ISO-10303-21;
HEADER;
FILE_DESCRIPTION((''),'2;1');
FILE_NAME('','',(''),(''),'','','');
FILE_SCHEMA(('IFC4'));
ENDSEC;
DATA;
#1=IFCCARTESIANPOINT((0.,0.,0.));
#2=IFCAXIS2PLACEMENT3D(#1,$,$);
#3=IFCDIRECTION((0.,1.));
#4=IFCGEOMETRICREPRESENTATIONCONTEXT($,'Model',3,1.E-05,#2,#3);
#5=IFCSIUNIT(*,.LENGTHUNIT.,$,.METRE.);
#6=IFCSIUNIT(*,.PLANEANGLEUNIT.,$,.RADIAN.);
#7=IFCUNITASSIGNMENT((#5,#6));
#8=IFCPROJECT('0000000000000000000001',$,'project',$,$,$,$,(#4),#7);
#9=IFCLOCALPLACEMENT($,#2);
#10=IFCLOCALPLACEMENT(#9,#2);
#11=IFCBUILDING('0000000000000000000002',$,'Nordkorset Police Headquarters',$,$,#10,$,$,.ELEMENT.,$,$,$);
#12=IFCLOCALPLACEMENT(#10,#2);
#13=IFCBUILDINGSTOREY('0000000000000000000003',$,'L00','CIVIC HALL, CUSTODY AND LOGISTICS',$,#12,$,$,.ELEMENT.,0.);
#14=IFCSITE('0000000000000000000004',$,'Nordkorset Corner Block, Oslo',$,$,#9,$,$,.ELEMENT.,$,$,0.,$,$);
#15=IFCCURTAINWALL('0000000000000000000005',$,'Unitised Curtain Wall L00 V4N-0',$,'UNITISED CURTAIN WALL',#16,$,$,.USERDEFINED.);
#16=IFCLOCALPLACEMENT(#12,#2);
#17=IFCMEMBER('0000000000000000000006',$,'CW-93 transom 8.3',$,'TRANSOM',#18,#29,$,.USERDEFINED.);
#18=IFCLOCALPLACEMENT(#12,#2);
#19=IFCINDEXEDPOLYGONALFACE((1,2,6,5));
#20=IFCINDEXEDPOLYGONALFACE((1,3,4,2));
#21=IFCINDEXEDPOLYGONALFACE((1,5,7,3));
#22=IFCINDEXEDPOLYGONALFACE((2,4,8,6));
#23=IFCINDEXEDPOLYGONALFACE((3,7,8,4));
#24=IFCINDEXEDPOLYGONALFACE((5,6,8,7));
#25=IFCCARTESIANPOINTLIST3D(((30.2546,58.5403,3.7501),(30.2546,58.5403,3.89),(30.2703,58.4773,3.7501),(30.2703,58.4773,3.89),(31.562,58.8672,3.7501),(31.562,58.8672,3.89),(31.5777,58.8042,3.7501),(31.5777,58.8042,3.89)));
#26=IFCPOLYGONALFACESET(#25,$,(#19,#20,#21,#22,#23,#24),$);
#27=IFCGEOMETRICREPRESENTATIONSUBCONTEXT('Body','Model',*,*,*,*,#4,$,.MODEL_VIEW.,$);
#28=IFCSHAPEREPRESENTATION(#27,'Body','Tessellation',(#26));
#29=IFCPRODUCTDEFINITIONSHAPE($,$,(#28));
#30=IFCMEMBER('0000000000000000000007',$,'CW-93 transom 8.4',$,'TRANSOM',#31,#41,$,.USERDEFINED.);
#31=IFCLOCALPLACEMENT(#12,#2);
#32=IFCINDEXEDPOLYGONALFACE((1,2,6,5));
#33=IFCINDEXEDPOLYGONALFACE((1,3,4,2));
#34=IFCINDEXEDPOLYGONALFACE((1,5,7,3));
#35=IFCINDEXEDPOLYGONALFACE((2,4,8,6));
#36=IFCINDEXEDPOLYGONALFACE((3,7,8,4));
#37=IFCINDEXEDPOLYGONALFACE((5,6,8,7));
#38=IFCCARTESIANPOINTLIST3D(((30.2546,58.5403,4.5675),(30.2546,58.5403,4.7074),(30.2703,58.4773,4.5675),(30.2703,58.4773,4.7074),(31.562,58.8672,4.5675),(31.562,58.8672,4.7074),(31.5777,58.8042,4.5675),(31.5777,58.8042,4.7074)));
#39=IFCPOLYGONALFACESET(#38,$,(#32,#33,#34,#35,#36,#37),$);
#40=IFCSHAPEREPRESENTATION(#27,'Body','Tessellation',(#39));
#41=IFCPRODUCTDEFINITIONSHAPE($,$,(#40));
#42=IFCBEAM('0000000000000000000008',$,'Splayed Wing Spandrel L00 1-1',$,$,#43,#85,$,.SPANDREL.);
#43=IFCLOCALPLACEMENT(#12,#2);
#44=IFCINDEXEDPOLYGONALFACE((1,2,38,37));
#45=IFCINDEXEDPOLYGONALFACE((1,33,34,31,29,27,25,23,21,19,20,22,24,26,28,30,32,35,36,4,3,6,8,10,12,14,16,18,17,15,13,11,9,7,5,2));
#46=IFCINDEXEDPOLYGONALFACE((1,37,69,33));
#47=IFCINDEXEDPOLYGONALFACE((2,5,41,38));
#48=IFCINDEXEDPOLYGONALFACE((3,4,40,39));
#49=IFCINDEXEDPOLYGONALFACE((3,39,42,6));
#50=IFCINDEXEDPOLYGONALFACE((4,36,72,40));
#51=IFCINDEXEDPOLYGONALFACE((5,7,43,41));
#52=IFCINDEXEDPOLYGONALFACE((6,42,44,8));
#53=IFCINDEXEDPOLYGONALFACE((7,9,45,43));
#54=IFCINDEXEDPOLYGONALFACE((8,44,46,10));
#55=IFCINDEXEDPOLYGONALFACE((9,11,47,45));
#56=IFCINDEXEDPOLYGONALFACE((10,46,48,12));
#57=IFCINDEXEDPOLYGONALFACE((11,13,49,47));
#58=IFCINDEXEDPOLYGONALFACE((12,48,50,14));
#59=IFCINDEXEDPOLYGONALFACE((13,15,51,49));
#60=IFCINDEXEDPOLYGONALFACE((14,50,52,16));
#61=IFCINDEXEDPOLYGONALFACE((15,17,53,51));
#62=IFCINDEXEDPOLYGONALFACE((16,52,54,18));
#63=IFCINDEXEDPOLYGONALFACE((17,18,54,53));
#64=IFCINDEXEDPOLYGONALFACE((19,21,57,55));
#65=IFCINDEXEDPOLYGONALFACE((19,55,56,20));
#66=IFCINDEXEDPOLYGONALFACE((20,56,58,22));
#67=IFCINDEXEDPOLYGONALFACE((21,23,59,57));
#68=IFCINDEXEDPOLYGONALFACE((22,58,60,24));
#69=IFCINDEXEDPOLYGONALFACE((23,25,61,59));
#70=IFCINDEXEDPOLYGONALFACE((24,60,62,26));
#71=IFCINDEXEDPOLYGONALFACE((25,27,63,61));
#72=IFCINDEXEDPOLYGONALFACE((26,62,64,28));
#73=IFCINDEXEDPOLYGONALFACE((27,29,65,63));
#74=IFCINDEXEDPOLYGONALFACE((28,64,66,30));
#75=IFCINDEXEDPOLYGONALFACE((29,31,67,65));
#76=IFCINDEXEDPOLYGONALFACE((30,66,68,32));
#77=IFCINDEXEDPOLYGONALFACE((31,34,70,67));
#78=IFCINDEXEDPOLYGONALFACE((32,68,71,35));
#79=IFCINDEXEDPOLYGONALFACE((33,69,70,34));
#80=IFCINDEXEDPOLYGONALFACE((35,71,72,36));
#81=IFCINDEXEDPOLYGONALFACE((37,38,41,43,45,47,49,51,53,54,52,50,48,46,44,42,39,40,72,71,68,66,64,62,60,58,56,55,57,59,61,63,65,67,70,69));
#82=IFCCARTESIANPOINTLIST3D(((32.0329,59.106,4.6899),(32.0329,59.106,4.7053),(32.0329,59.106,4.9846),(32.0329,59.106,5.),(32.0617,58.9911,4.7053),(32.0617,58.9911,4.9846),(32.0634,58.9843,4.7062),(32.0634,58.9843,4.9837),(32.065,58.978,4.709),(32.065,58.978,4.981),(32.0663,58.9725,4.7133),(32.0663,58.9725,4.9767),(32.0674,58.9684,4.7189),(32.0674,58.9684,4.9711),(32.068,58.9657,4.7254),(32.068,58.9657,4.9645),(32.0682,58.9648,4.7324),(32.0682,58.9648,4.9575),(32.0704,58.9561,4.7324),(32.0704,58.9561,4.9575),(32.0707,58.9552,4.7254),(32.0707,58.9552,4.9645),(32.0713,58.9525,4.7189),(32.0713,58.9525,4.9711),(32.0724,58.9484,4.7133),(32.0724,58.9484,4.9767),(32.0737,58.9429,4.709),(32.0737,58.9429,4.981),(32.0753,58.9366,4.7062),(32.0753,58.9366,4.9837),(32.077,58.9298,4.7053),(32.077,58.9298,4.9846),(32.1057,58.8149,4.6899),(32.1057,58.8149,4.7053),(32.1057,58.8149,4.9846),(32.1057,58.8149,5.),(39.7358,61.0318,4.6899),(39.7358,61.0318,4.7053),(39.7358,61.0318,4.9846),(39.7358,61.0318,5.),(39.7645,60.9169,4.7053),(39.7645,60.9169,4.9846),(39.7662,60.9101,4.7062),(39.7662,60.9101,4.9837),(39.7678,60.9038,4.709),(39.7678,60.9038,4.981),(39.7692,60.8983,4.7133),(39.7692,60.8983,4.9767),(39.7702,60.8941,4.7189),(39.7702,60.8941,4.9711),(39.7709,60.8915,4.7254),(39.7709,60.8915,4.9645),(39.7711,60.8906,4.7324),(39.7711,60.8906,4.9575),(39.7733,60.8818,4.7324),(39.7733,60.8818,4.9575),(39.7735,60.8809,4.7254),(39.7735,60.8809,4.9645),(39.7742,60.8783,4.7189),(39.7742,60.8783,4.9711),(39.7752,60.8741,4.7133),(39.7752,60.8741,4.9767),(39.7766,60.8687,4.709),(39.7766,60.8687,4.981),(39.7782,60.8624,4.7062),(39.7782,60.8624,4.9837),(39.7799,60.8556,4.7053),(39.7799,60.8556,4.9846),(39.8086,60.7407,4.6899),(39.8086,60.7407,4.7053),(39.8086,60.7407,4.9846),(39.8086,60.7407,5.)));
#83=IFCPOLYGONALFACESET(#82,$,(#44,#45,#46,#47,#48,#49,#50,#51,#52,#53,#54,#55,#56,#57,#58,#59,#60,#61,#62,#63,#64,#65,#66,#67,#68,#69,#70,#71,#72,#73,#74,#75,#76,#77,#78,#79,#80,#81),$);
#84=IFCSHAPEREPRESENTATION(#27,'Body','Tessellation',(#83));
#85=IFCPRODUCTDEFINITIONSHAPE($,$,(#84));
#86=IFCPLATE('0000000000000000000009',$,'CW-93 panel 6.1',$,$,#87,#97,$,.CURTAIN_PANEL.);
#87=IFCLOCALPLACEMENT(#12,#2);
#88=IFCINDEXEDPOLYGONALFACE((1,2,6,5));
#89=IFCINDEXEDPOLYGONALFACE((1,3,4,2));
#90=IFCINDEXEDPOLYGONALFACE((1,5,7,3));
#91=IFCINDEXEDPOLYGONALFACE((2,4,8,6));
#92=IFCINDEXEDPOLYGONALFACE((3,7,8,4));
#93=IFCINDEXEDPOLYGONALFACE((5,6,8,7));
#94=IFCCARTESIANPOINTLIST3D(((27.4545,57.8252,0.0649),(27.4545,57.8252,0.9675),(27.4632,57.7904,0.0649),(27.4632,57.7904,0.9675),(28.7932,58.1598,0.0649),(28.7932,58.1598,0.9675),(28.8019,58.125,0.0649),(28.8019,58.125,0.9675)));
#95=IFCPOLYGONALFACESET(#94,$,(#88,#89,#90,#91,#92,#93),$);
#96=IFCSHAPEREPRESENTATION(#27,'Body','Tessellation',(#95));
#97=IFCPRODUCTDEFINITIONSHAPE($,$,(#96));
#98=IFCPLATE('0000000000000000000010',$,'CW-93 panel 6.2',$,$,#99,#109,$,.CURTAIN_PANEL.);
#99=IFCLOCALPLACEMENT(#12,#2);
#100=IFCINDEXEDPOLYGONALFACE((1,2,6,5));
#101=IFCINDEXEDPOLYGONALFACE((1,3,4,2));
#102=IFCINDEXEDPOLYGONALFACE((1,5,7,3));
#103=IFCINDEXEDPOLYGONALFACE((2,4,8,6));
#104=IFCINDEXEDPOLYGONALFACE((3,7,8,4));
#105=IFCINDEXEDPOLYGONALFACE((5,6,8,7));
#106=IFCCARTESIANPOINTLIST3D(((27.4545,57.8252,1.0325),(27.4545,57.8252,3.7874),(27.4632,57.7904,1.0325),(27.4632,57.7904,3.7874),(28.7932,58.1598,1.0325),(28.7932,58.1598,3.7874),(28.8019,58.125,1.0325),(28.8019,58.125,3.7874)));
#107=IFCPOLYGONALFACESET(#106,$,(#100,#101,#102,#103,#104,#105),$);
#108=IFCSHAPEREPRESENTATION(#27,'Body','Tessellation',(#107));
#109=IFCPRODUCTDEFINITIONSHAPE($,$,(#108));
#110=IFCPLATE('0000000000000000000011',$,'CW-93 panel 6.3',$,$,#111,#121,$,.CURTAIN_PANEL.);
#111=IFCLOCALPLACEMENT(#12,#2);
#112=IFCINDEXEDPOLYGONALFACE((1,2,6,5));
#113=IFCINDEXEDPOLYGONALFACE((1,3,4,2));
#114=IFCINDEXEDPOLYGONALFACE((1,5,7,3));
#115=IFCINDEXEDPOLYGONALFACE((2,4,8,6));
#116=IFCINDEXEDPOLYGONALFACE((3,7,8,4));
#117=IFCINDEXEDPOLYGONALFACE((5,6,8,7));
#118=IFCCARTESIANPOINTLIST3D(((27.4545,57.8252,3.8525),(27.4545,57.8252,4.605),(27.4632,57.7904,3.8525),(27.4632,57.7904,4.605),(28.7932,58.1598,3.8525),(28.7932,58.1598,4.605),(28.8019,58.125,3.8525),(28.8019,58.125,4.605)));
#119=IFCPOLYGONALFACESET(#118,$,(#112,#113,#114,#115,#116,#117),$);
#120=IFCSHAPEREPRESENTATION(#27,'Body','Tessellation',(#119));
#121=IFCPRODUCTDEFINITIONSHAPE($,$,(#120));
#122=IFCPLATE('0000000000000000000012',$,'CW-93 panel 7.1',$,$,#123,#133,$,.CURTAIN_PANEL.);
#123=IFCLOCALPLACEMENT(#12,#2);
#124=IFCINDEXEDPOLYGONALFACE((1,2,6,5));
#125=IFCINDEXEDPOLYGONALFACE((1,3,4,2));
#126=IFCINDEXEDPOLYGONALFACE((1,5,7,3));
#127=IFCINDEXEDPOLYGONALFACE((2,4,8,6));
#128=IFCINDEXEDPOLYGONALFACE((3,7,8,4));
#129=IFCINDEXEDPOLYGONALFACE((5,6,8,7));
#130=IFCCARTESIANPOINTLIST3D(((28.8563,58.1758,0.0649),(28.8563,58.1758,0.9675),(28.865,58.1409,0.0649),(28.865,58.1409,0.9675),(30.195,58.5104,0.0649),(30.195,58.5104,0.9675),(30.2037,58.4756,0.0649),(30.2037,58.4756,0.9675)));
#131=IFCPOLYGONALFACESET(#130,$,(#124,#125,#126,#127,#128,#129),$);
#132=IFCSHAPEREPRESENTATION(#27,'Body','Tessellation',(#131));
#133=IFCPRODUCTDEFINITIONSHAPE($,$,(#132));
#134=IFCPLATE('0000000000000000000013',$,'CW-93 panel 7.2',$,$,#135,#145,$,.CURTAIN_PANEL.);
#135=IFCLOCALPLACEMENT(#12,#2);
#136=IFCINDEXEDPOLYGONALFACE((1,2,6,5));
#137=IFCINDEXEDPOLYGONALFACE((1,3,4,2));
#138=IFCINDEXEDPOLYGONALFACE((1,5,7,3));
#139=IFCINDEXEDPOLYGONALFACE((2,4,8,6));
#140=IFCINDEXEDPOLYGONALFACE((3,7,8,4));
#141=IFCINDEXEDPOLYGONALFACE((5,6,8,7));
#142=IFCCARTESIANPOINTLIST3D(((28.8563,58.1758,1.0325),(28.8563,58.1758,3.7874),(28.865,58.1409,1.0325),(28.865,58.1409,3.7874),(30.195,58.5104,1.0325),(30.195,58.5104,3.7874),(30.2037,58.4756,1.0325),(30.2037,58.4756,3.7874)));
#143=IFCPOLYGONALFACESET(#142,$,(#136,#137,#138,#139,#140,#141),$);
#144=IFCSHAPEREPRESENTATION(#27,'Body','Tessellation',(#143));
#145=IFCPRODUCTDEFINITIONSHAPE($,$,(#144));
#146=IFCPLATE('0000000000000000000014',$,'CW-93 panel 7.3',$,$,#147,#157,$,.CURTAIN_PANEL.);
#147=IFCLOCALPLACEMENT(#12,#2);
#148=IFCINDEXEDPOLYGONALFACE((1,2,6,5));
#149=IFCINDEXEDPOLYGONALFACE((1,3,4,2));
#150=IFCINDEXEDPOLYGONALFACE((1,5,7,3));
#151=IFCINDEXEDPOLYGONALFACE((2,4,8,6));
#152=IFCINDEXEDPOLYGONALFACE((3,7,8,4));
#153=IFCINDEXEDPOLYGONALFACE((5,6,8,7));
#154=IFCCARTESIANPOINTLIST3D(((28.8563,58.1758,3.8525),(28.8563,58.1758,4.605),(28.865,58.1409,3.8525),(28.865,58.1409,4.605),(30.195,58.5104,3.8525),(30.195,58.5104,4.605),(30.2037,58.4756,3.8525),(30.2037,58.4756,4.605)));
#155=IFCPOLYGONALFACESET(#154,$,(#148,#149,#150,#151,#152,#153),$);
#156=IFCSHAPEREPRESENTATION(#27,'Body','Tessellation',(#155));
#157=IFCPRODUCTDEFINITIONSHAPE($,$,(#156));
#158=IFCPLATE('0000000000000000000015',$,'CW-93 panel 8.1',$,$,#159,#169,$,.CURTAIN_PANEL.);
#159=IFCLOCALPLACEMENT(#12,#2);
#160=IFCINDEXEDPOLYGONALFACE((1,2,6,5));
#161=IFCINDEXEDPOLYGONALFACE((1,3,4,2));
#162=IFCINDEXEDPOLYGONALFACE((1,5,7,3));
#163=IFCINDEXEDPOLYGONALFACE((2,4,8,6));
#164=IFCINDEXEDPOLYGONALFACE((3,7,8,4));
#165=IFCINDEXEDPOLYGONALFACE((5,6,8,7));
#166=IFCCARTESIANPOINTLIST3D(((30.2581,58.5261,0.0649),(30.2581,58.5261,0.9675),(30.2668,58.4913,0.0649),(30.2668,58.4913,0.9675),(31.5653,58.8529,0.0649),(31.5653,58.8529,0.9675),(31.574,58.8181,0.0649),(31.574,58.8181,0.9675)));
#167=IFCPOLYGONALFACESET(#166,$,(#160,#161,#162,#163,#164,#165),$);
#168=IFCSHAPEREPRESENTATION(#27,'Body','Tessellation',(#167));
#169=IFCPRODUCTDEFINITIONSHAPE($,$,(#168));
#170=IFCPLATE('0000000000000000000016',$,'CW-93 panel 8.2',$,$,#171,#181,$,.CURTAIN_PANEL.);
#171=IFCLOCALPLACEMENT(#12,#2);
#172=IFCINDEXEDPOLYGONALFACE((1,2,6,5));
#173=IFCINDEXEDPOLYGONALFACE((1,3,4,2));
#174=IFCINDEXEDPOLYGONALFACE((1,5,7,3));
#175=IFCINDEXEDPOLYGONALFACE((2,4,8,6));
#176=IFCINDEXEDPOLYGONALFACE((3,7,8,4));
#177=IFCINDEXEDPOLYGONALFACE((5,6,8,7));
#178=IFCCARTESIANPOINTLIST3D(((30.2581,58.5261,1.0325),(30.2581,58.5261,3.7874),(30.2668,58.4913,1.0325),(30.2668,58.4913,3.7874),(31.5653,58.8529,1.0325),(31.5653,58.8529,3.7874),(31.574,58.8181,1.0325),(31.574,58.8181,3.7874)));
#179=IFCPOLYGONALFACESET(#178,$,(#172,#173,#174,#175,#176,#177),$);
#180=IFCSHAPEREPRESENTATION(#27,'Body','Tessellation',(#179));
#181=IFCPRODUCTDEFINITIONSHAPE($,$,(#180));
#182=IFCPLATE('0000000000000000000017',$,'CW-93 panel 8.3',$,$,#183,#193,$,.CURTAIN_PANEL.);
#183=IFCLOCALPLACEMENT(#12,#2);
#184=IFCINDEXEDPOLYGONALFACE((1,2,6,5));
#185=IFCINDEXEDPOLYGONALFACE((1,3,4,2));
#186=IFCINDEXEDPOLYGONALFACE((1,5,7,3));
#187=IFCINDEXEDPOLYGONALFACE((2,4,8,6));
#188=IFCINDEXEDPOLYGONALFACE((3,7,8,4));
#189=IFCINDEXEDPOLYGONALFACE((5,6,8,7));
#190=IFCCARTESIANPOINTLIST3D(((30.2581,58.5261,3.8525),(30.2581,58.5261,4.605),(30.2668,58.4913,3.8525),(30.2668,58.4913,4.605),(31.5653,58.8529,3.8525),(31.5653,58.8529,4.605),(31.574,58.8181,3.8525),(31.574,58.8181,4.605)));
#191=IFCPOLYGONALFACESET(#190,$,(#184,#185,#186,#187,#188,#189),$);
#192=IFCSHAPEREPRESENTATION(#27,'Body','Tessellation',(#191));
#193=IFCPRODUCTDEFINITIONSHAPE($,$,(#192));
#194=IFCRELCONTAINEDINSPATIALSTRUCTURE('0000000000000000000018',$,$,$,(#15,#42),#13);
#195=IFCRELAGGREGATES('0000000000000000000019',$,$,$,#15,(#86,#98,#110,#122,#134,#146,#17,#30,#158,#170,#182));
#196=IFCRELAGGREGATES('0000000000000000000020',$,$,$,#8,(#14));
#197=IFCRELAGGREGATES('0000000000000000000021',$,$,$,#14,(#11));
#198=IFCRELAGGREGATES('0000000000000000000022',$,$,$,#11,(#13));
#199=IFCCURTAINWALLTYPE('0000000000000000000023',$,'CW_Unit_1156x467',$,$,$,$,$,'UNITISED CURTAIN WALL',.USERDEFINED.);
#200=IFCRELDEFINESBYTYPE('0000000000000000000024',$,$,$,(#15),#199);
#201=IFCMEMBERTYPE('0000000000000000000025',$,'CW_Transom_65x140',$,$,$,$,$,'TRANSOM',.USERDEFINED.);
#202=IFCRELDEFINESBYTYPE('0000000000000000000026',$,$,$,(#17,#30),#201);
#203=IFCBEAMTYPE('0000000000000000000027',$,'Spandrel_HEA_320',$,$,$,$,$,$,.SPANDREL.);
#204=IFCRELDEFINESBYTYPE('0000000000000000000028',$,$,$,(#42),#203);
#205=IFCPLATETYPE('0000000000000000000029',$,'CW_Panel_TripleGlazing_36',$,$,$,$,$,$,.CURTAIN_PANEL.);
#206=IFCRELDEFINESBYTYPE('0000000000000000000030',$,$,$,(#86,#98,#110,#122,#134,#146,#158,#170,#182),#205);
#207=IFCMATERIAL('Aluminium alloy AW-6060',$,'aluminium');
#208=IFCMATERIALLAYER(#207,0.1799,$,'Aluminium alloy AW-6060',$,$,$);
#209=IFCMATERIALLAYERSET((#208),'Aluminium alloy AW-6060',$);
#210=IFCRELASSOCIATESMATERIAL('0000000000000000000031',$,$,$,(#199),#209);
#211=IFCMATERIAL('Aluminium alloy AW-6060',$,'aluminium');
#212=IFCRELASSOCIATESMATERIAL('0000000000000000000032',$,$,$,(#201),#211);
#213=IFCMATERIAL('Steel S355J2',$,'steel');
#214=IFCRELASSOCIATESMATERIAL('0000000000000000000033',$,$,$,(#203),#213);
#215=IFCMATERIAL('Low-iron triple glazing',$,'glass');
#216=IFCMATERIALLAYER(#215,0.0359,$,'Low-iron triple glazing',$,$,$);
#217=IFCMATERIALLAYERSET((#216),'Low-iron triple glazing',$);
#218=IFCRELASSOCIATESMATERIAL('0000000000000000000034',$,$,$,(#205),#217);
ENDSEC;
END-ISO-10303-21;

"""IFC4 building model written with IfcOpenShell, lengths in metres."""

from ifc_helpers import new_model, si_unit, direction, frame, origin, origin_2d, place, context, subcontext, project, spatial, rectangle, i_section, extrude, material, layer, layer_set, material_profile, profile_set, type_object, element, aggregate, save


model = new_model("IFC4")

# Units and contexts
model_context = context("Model", 3, precision=1e-05, world=origin(), true_north=direction((0.0, 1.0)))
body_context = subcontext(model_context, "Body", "Model", "MODEL_VIEW")
ifc_project = project(units=[si_unit("LENGTHUNIT", "METRE"), si_unit("PLANEANGLEUNIT", "RADIAN")], contexts=[model_context])

# Site, building, storey
site_placement = place(None, origin())
site = spatial("IfcSite", under=ifc_project, at=site_placement, Name="Nordkorset Corner Block, Oslo", CompositionType="ELEMENT", RefElevation=0.0)
building_placement = place(site_placement, origin())
building = spatial("IfcBuilding", under=site, at=building_placement, Name="Nordkorset Police Headquarters", CompositionType="ELEMENT")
storey_placement = place(building_placement, origin())
storey = spatial("IfcBuildingStorey", under=building, at=storey_placement, Name="L00", Description="CIVIC HALL, CUSTODY AND LOGISTICS", CompositionType="ELEMENT", Elevation=0.0)

# Curtain wall, members
ifc_material_1 = material(Name="Aluminium alloy AW-6060", Category="aluminium")
ifc_layer_1 = layer(ifc_material_1, 0.1799, Name="Aluminium alloy AW-6060")
ifc_layer_set_1 = layer_set([ifc_layer_1], Name="Aluminium alloy AW-6060")
curtain_wall_type = type_object("IfcCurtainWallType", Name="CW_Unit_1156x467", ElementType="UNITISED CURTAIN WALL", PredefinedType="USERDEFINED", material=ifc_layer_set_1)
curtain_wall_placement = place(storey_placement, origin())
curtain_wall = element("IfcCurtainWall", 1, at=curtain_wall_placement, inside=storey, type_object=curtain_wall_type, Name="Unitised Curtain Wall L00 V4N-0", ObjectType="UNITISED CURTAIN WALL", PredefinedType="USERDEFINED")
ifc_material_2 = material(Name="Aluminium alloy AW-6060", Category="aluminium")
ifc_material_profile_1 = material_profile(ifc_material_2, rectangle(XDim=0.0649, YDim=0.1399, at=origin_2d()), Name="ALU TRAN 65x140")
ifc_profile_set_1 = profile_set([ifc_material_profile_1], Name="Aluminium alloy AW-6060")
member_type_1 = type_object("IfcMemberType", Name="CW_Transom_65x140", ElementType="TRANSOM", PredefinedType="USERDEFINED", material=ifc_profile_set_1)
member_1_placement = place(storey_placement, frame((30.2625, 58.5088, 3.8201), z_axis=(0.970132, 0.242578, 0.0), x_axis=(-0.242578, 0.970132, 0.0)))
member_1 = element("IfcMember", 2, at=member_1_placement, type_object=member_type_1, Name="CW-93 transom 8.3", ObjectType="TRANSOM", PredefinedType="USERDEFINED", context=body_context, shape_type="SweptSolid", body=[
    extrude(rectangle(XDim=0.0649, YDim=0.1399, at=origin_2d()), origin(), (0.0, 0.0, 1.0), 1.3477),
])
member_2_placement = place(storey_placement, frame((30.2625, 58.5088, 4.6375), z_axis=(0.970132, 0.242578, 0.0), x_axis=(-0.242578, 0.970132, 0.0)))
member_2 = element("IfcMember", 3, at=member_2_placement, type_object=member_type_1, Name="CW-93 transom 8.4", ObjectType="TRANSOM", PredefinedType="USERDEFINED", context=body_context, shape_type="SweptSolid", body=[
    extrude(rectangle(XDim=0.0649, YDim=0.1399, at=origin_2d()), origin(), (0.0, 0.0, 1.0), 1.3477),
])

# Beam
ifc_material_3 = material(Name="Steel S355J2", Category="steel")
ifc_material_profile_2 = material_profile(ifc_material_3, i_section(OverallWidth=0.3, OverallDepth=0.3101, WebThickness=0.009, FlangeThickness=0.0154, FilletRadius=0.0271, at=origin_2d()), Name="HEA 320")
ifc_profile_set_2 = profile_set([ifc_material_profile_2], Name="Steel S355J2")
beam_type = type_object("IfcBeamType", Name="Spandrel_HEA_320", PredefinedType="SPANDREL", material=ifc_profile_set_2)
beam_placement = place(storey_placement, frame((32.0693, 58.9604, 4.845), z_axis=(0.970141, 0.242543, 0.0), x_axis=(-0.242543, 0.970141, 0.0)))
element("IfcBeam", 4, at=beam_placement, inside=storey, type_object=beam_type, Name="Splayed Wing Spandrel L00 1-1", PredefinedType="SPANDREL", context=body_context, shape_type="SweptSolid", body=[
    extrude(i_section(OverallWidth=0.3, OverallDepth=0.3101, WebThickness=0.009, FlangeThickness=0.0154, FilletRadius=0.0271, at=origin_2d()), origin(), (0.0, 0.0, 1.0), 7.9399),
])

# Plates
ifc_material_4 = material(Name="Low-iron triple glazing", Category="glass")
ifc_layer_2 = layer(ifc_material_4, 0.0359, Name="Low-iron triple glazing")
ifc_layer_set_2 = layer_set([ifc_layer_2], Name="Low-iron triple glazing")
plate_type = type_object("IfcPlateType", Name="CW_Panel_TripleGlazing_36", PredefinedType="CURTAIN_PANEL", material=ifc_layer_set_2)
plate_1_placement = place(storey_placement, frame((28.1282, 57.9751, 0.0649), z_axis=(0.0, 0.0, 1.0), x_axis=(0.970142, 0.242536, 0.0)))
plate_1 = element("IfcPlate", 5, at=plate_1_placement, type_object=plate_type, Name="CW-93 panel 6.1", PredefinedType="CURTAIN_PANEL", context=body_context, shape_type="SweptSolid", body=[
    extrude(rectangle(XDim=1.3799, YDim=0.0359, at=origin_2d()), origin(), (0.0, 0.0, 1.0), 0.9026),
])
plate_2_placement = place(storey_placement, frame((28.1282, 57.9751, 1.0325), z_axis=(0.0, 0.0, 1.0), x_axis=(0.970142, 0.242536, 0.0)))
plate_2 = element("IfcPlate", 6, at=plate_2_placement, type_object=plate_type, Name="CW-93 panel 6.2", PredefinedType="CURTAIN_PANEL", context=body_context, shape_type="SweptSolid", body=[
    extrude(rectangle(XDim=1.3799, YDim=0.0359, at=origin_2d()), origin(), (0.0, 0.0, 1.0), 2.7549),
])
plate_3_placement = place(storey_placement, frame((28.1282, 57.9751, 3.8525), z_axis=(0.0, 0.0, 1.0), x_axis=(0.970142, 0.242536, 0.0)))
plate_3 = element("IfcPlate", 7, at=plate_3_placement, type_object=plate_type, Name="CW-93 panel 6.3", PredefinedType="CURTAIN_PANEL", context=body_context, shape_type="SweptSolid", body=[
    extrude(rectangle(XDim=1.3799, YDim=0.0359, at=origin_2d()), origin(), (0.0, 0.0, 1.0), 0.7524),
])
plate_4_placement = place(storey_placement, frame((29.53, 58.3257, 0.0649), z_axis=(0.0, 0.0, 1.0), x_axis=(0.970142, 0.242536, 0.0)))
plate_4 = element("IfcPlate", 8, at=plate_4_placement, type_object=plate_type, Name="CW-93 panel 7.1", PredefinedType="CURTAIN_PANEL", context=body_context, shape_type="SweptSolid", body=[
    extrude(rectangle(XDim=1.3799, YDim=0.0359, at=origin_2d()), origin(), (0.0, 0.0, 1.0), 0.9026),
])
plate_5_placement = place(storey_placement, frame((29.53, 58.3257, 1.0325), z_axis=(0.0, 0.0, 1.0), x_axis=(0.970142, 0.242536, 0.0)))
plate_5 = element("IfcPlate", 9, at=plate_5_placement, type_object=plate_type, Name="CW-93 panel 7.2", PredefinedType="CURTAIN_PANEL", context=body_context, shape_type="SweptSolid", body=[
    extrude(rectangle(XDim=1.3799, YDim=0.0359, at=origin_2d()), origin(), (0.0, 0.0, 1.0), 2.7549),
])
plate_6_placement = place(storey_placement, frame((29.53, 58.3257, 3.8525), z_axis=(0.0, 0.0, 1.0), x_axis=(0.970142, 0.242536, 0.0)))
plate_6 = element("IfcPlate", 10, at=plate_6_placement, type_object=plate_type, Name="CW-93 panel 7.3", PredefinedType="CURTAIN_PANEL", context=body_context, shape_type="SweptSolid", body=[
    extrude(rectangle(XDim=1.3799, YDim=0.0359, at=origin_2d()), origin(), (0.0, 0.0, 1.0), 0.7524),
])
plate_7_placement = place(storey_placement, frame((30.916, 58.6721, 0.0649), z_axis=(0.0, 0.0, 1.0), x_axis=(0.970142, 0.242536, 0.0)))
plate_7 = element("IfcPlate", 11, at=plate_7_placement, type_object=plate_type, Name="CW-93 panel 8.1", PredefinedType="CURTAIN_PANEL", context=body_context, shape_type="SweptSolid", body=[
    extrude(rectangle(XDim=1.3474, YDim=0.0359, at=origin_2d()), origin(), (0.0, 0.0, 1.0), 0.9026),
])
plate_8_placement = place(storey_placement, frame((30.916, 58.6721, 1.0325), z_axis=(0.0, 0.0, 1.0), x_axis=(0.970142, 0.242536, 0.0)))
plate_8 = element("IfcPlate", 12, at=plate_8_placement, type_object=plate_type, Name="CW-93 panel 8.2", PredefinedType="CURTAIN_PANEL", context=body_context, shape_type="SweptSolid", body=[
    extrude(rectangle(XDim=1.3474, YDim=0.0359, at=origin_2d()), origin(), (0.0, 0.0, 1.0), 2.7549),
])
plate_9_placement = place(storey_placement, frame((30.916, 58.6721, 3.8525), z_axis=(0.0, 0.0, 1.0), x_axis=(0.970142, 0.242536, 0.0)))
plate_9 = element("IfcPlate", 13, at=plate_9_placement, type_object=plate_type, Name="CW-93 panel 8.3", PredefinedType="CURTAIN_PANEL", context=body_context, shape_type="SweptSolid", body=[
    extrude(rectangle(XDim=1.3474, YDim=0.0359, at=origin_2d()), origin(), (0.0, 0.0, 1.0), 0.7524),
])
aggregate(curtain_wall, [plate_1, plate_2, plate_3, plate_4, plate_5, plate_6, member_1, member_2, plate_7, plate_8, plate_9])

save(model, "model.ifc")
